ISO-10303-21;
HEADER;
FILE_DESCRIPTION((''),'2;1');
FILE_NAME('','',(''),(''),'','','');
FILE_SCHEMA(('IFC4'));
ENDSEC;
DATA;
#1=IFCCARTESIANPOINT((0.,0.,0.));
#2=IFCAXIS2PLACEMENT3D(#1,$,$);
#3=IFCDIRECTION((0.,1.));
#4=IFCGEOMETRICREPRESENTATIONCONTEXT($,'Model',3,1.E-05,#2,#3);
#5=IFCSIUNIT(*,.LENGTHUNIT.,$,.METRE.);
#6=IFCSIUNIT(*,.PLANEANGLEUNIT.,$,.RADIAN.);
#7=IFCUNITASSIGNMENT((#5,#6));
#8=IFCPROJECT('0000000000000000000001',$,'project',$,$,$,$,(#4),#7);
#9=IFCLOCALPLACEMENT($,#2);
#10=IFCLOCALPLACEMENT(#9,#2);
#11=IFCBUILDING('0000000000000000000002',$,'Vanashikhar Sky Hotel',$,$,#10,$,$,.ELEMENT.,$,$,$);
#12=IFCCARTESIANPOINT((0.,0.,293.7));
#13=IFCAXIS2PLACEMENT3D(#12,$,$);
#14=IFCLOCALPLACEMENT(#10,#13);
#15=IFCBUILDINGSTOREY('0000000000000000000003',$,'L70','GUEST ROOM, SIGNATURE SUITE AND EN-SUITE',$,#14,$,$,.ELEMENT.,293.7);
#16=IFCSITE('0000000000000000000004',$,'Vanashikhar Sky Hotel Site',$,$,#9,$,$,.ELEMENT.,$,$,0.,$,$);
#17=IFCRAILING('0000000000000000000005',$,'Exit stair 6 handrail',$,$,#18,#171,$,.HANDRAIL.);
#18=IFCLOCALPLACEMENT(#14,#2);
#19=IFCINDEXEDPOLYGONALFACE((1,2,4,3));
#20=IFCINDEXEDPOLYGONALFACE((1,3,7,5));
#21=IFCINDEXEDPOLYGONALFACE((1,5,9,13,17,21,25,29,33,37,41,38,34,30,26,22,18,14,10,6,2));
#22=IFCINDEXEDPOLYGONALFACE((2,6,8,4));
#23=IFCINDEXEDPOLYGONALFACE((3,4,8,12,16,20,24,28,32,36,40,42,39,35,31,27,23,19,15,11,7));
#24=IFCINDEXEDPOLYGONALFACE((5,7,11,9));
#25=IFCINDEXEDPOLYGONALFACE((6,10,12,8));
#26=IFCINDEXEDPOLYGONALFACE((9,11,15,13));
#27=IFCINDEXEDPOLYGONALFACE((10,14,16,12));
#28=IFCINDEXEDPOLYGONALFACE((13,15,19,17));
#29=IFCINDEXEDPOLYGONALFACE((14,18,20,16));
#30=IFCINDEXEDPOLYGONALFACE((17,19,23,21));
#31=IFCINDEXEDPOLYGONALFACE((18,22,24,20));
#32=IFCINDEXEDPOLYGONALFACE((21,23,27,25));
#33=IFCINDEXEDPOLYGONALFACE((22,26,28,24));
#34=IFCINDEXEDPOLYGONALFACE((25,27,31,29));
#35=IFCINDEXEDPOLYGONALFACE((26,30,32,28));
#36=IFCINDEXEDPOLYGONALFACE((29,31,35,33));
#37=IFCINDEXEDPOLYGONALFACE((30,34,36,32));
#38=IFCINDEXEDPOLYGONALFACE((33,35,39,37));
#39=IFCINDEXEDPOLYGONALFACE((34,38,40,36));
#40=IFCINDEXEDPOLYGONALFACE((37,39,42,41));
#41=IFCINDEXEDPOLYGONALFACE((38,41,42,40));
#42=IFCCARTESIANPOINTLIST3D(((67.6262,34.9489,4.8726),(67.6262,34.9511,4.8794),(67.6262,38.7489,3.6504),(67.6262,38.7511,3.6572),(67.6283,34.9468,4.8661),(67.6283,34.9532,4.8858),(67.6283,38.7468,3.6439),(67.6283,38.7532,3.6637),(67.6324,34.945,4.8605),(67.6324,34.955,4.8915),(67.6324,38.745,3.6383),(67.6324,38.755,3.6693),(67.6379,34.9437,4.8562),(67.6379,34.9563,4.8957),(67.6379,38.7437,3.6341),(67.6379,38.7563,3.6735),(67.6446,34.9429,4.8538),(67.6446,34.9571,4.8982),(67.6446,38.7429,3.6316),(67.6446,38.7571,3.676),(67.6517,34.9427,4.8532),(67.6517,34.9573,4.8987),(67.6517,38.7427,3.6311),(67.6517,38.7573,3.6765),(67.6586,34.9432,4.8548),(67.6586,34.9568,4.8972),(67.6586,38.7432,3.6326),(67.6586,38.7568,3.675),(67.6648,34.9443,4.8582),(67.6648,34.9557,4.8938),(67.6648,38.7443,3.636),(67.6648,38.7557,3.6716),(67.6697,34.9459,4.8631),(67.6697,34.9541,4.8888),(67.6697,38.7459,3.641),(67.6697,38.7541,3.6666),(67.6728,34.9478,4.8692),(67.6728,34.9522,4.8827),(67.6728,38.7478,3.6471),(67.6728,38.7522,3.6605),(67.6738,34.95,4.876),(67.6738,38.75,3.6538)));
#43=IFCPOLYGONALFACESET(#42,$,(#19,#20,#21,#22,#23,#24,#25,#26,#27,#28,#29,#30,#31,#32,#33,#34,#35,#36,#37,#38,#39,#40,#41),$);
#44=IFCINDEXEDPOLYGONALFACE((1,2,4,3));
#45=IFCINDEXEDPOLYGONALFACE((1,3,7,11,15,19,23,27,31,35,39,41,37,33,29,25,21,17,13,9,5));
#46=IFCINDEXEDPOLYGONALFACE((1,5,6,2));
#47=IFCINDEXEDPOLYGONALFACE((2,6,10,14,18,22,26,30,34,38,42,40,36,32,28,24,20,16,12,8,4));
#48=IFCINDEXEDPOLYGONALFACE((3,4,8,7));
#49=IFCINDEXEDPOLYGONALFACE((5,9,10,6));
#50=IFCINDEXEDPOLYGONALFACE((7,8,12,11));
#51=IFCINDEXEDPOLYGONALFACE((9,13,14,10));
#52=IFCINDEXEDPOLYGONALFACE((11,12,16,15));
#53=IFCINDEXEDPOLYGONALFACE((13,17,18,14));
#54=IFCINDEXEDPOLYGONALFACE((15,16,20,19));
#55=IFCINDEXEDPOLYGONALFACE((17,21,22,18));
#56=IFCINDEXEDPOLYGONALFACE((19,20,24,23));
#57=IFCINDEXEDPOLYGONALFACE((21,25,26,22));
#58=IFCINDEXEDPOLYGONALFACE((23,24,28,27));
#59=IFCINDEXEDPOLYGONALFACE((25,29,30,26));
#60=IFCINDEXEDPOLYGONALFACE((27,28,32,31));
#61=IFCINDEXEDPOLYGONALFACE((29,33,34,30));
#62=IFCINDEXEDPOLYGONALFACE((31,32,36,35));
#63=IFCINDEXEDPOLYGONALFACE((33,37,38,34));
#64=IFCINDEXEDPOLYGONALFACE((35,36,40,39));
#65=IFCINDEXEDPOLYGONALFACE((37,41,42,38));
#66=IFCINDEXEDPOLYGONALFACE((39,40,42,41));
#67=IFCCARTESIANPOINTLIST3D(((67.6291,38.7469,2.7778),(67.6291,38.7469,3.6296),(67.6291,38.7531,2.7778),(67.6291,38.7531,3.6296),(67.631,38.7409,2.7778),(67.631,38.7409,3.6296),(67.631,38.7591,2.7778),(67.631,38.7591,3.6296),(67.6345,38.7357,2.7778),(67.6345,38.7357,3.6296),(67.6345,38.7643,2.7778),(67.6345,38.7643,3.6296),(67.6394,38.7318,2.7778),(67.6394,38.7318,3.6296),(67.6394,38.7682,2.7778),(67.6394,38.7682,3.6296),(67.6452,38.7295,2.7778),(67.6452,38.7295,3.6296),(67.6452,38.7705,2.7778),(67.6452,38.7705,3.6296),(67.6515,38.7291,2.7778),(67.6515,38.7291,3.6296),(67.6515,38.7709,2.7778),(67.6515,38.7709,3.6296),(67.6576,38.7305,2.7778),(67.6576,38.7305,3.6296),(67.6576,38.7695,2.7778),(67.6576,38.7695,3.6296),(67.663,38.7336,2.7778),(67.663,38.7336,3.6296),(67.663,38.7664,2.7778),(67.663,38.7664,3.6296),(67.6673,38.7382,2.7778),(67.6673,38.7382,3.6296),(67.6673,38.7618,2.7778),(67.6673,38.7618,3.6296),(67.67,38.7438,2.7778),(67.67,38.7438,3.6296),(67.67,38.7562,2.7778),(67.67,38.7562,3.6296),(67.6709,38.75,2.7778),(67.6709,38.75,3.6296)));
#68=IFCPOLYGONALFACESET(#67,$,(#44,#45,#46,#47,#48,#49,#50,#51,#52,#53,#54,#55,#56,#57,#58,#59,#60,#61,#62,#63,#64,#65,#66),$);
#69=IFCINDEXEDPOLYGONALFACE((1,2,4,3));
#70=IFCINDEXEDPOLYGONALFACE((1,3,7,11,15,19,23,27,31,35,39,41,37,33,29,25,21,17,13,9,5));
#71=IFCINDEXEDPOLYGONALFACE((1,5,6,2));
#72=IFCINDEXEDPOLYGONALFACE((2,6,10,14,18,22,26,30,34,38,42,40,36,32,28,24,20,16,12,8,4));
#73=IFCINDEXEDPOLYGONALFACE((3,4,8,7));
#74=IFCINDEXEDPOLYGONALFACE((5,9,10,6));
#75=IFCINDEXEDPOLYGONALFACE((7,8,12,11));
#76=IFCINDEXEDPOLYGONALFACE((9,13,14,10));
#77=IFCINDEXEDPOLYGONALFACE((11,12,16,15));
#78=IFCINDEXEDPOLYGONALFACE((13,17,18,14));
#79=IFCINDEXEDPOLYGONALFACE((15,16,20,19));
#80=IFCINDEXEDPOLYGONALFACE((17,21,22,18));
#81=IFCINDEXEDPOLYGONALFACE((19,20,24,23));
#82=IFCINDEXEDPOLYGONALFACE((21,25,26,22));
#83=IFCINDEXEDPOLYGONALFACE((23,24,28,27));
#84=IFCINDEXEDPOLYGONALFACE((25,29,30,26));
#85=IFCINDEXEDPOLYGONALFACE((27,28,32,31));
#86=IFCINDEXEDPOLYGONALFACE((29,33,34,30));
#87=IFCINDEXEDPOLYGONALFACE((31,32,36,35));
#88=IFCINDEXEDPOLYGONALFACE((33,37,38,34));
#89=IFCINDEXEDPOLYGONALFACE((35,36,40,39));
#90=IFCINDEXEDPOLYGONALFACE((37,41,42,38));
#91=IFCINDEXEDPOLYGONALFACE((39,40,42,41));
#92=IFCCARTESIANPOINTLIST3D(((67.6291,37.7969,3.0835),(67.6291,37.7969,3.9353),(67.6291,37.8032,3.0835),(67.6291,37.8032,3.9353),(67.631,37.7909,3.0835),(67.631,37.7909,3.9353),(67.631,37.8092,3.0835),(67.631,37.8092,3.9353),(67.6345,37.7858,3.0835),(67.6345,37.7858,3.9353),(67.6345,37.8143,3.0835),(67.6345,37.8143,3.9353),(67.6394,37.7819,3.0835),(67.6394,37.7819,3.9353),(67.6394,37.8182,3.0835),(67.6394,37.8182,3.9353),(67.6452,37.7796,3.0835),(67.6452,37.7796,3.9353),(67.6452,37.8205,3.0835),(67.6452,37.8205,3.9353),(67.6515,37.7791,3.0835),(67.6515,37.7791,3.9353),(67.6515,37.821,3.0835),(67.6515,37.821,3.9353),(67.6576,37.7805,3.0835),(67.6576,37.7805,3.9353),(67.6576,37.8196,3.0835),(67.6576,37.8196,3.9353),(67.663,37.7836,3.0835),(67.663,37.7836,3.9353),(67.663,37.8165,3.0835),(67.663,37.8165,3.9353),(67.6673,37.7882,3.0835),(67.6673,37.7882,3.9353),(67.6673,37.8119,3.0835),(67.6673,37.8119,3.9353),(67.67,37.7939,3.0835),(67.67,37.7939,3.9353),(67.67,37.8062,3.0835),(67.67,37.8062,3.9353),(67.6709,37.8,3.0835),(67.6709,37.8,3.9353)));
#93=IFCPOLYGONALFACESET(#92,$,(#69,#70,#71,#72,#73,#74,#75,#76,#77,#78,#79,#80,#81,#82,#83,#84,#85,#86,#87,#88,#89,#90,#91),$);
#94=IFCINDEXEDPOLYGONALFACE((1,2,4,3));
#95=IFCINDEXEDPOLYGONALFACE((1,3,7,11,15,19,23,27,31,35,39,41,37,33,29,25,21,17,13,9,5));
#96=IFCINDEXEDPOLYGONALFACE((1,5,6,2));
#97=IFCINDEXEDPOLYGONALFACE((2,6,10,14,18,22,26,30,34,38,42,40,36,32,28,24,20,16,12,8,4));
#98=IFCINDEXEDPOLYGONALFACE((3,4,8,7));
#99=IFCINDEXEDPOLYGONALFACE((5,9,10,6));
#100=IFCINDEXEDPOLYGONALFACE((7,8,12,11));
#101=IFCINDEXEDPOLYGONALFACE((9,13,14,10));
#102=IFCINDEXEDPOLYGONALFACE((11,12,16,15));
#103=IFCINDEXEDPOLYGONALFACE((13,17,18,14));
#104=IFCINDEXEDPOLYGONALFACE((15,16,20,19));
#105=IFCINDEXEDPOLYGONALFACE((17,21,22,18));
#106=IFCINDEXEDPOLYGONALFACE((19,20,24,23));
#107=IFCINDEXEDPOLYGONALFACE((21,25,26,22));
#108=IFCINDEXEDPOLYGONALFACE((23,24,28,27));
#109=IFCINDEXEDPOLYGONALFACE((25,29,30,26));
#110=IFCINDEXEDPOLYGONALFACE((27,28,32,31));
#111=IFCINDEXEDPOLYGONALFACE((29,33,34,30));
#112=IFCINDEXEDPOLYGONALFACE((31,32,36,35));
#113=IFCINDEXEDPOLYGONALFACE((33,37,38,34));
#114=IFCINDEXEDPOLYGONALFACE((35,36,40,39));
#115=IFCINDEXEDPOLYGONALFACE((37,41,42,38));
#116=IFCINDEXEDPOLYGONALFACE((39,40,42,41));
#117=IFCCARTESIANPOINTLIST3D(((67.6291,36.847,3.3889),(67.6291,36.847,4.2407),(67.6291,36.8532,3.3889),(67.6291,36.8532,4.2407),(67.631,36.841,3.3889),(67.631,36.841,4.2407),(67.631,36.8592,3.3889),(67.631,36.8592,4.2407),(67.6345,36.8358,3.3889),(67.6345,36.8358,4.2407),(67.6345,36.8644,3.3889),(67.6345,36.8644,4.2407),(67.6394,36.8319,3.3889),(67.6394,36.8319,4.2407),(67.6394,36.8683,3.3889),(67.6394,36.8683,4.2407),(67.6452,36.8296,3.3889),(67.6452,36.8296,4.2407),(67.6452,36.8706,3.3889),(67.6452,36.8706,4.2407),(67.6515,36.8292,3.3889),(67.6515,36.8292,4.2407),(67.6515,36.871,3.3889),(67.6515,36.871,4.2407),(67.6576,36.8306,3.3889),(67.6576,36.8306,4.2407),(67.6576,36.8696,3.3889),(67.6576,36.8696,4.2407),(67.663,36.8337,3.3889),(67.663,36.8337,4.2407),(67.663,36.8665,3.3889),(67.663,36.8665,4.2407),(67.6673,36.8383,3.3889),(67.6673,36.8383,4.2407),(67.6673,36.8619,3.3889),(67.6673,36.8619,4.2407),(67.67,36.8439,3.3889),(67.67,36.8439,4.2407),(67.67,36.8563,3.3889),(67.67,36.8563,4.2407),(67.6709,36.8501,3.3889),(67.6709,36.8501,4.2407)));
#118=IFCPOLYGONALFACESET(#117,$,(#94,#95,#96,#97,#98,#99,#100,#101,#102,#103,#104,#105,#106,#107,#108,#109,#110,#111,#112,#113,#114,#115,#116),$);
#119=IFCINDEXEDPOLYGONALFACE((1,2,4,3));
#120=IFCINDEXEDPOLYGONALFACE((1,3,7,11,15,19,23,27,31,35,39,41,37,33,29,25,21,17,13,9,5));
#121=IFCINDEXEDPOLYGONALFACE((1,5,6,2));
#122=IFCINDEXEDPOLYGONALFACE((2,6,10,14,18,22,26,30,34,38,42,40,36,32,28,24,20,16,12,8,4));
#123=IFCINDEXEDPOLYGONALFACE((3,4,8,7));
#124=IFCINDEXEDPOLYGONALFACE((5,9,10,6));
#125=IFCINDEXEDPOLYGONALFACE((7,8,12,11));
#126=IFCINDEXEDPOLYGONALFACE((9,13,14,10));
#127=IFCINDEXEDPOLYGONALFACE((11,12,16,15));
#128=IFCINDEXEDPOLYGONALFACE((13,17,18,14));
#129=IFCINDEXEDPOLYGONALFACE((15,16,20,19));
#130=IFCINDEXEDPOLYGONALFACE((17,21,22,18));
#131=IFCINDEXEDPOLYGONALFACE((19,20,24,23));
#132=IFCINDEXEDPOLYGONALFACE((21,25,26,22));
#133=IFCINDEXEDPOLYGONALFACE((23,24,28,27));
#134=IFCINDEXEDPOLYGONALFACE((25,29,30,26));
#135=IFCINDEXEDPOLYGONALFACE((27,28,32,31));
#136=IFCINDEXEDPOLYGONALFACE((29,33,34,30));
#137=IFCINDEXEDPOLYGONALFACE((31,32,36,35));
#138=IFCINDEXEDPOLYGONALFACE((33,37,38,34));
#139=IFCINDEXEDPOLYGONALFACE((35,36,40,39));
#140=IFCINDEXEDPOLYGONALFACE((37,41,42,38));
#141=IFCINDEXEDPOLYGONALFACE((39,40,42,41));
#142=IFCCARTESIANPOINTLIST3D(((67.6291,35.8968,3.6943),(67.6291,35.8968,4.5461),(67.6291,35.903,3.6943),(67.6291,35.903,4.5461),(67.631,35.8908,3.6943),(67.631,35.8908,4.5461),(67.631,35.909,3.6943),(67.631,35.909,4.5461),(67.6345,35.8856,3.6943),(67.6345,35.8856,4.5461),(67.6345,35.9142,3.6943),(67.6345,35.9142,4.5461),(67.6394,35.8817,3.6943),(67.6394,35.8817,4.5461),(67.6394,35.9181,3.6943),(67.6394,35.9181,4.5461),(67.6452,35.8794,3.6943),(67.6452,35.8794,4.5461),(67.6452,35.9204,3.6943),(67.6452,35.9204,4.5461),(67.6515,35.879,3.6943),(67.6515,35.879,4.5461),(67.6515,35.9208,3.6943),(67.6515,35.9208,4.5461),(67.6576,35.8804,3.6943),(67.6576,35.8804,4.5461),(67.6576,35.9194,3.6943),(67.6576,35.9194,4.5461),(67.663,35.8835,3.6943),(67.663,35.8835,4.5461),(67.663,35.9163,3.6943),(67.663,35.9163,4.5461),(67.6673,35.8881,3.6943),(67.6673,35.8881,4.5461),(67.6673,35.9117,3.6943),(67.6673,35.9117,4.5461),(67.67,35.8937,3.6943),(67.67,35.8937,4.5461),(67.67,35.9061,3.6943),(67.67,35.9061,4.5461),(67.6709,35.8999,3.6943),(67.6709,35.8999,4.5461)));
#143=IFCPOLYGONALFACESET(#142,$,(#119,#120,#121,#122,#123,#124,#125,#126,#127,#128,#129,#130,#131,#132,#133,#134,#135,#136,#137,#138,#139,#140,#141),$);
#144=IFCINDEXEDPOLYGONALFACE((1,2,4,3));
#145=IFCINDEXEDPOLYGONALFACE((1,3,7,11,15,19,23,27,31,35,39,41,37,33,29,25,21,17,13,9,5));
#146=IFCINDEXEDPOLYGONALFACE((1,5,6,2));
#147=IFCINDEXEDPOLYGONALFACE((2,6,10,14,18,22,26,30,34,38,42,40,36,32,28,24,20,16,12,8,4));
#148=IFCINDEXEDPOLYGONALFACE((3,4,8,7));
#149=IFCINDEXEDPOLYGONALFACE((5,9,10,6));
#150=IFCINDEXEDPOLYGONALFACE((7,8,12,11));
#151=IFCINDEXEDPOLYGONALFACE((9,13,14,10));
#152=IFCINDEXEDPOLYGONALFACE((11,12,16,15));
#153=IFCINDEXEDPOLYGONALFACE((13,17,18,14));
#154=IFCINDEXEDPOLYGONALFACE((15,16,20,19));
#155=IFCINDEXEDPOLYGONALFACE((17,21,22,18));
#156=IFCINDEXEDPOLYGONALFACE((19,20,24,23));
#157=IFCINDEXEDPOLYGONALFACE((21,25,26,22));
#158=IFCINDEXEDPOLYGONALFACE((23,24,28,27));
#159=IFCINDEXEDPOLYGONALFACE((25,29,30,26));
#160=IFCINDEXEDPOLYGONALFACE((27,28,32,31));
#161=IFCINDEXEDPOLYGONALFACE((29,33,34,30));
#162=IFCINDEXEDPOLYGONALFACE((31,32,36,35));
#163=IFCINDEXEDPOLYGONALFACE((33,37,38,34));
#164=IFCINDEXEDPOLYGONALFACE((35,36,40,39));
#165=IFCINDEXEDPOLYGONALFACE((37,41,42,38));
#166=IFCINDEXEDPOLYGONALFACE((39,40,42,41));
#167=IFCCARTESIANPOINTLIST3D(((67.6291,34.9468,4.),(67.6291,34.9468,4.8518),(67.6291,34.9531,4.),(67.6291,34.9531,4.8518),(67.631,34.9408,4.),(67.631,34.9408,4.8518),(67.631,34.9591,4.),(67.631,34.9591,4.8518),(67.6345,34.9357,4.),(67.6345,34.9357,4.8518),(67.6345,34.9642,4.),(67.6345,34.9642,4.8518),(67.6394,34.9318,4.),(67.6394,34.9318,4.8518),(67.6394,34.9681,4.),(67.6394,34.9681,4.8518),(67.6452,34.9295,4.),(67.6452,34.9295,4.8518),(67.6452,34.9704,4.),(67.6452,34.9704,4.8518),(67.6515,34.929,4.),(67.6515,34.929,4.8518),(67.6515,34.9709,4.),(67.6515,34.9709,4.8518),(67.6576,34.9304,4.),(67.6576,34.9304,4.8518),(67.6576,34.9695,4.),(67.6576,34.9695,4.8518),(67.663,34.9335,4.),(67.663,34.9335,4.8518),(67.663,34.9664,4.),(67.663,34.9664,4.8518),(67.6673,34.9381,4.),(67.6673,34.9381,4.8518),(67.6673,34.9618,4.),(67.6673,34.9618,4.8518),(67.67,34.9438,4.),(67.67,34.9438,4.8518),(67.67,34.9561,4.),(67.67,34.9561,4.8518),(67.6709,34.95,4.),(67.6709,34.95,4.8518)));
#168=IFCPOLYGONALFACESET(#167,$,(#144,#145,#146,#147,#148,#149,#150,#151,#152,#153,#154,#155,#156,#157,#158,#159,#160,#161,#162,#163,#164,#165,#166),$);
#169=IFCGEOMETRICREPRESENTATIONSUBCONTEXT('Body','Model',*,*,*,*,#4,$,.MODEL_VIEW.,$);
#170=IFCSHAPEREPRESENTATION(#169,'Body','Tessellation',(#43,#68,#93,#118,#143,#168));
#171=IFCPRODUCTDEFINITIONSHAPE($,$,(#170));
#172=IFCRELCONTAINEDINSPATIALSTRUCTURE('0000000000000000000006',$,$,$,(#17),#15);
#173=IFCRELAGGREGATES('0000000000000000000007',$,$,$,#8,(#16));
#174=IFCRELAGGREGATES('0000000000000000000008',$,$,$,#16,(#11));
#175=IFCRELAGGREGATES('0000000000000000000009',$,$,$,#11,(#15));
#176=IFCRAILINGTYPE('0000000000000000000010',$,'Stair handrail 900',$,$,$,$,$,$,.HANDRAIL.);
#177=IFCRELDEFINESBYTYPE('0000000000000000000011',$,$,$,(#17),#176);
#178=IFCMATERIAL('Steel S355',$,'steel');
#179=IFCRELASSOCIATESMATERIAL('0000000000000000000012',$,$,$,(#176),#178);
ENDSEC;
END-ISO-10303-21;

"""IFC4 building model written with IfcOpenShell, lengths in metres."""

from ifc_helpers import new_model, si_unit, direction, frame, origin, origin_2d, place, context, subcontext, project, spatial, circle, extrude, source, transform, mapped, material, type_object, element, save


model = new_model("IFC4")

# Units and contexts
model_context = context("Model", 3, precision=1e-05, world=origin(), true_north=direction((0.0, 1.0)))
body_context = subcontext(model_context, "Body", "Model", "MODEL_VIEW")
ifc_project = project(units=[si_unit("LENGTHUNIT", "METRE"), si_unit("PLANEANGLEUNIT", "RADIAN")], contexts=[model_context])

# Site, building, storey
site_placement = place(None, origin())
site = spatial("IfcSite", under=ifc_project, at=site_placement, Name="Vanashikhar Sky Hotel Site", CompositionType="ELEMENT", RefElevation=0.0)
building_placement = place(site_placement, origin())
building = spatial("IfcBuilding", under=site, at=building_placement, Name="Vanashikhar Sky Hotel", CompositionType="ELEMENT")
storey_placement = place(building_placement, frame((0.0, 0.0, 293.7)))
storey = spatial("IfcBuildingStorey", under=building, at=storey_placement, Name="L70", Description="GUEST ROOM, SIGNATURE SUITE AND EN-SUITE", CompositionType="ELEMENT", Elevation=293.7)

# Railing
ifc_material_1 = material(Name="Steel S355", Category="steel")
railing_type = type_object("IfcRailingType", Name="Stair handrail 900", PredefinedType="HANDRAIL", material=ifc_material_1)
shared_shape_1 = source(origin(), body_context, "Body", "SweptSolid", [
    extrude(circle(Radius=0.0239, at=origin_2d()), frame((0.0, 0.0, 0.876), z_axis=(0.0, -0.951976, 0.306173), x_axis=(1.0, 0.0, 0.0)), (0.0, 0.0, 1.0), 3.9917),
    extrude(circle(Radius=0.021, at=origin_2d()), origin(), (0.0, 0.0, 1.0), 0.8518),
    extrude(circle(Radius=0.021, at=origin_2d()), frame((0.0, -0.95, 0.3057)), (0.0, 0.0, 1.0), 0.8518),
    extrude(circle(Radius=0.021, at=origin_2d()), frame((0.0, -1.8999, 0.6111)), (0.0, 0.0, 1.0), 0.8518),
    extrude(circle(Radius=0.021, at=origin_2d()), frame((0.0, -2.8501, 0.9165)), (0.0, 0.0, 1.0), 0.8518),
    extrude(circle(Radius=0.021, at=origin_2d()), frame((0.0, -3.8, 1.2222)), (0.0, 0.0, 1.0), 0.8518),
])
for number, where, name in (
    (1, (67.6499, 38.75, 2.7778), "Exit stair 6 handrail"),
):
    element("IfcRailing", number, at=place(storey_placement, frame(where)), inside=storey, type_object=railing_type, Name=name, PredefinedType="HANDRAIL", context=body_context, shape_type="MappedRepresentation", body=[
        mapped(shared_shape_1, transform((0.0, 0.0, 0.0), scale=1.0)),
    ])

save(model, "model.ifc")
